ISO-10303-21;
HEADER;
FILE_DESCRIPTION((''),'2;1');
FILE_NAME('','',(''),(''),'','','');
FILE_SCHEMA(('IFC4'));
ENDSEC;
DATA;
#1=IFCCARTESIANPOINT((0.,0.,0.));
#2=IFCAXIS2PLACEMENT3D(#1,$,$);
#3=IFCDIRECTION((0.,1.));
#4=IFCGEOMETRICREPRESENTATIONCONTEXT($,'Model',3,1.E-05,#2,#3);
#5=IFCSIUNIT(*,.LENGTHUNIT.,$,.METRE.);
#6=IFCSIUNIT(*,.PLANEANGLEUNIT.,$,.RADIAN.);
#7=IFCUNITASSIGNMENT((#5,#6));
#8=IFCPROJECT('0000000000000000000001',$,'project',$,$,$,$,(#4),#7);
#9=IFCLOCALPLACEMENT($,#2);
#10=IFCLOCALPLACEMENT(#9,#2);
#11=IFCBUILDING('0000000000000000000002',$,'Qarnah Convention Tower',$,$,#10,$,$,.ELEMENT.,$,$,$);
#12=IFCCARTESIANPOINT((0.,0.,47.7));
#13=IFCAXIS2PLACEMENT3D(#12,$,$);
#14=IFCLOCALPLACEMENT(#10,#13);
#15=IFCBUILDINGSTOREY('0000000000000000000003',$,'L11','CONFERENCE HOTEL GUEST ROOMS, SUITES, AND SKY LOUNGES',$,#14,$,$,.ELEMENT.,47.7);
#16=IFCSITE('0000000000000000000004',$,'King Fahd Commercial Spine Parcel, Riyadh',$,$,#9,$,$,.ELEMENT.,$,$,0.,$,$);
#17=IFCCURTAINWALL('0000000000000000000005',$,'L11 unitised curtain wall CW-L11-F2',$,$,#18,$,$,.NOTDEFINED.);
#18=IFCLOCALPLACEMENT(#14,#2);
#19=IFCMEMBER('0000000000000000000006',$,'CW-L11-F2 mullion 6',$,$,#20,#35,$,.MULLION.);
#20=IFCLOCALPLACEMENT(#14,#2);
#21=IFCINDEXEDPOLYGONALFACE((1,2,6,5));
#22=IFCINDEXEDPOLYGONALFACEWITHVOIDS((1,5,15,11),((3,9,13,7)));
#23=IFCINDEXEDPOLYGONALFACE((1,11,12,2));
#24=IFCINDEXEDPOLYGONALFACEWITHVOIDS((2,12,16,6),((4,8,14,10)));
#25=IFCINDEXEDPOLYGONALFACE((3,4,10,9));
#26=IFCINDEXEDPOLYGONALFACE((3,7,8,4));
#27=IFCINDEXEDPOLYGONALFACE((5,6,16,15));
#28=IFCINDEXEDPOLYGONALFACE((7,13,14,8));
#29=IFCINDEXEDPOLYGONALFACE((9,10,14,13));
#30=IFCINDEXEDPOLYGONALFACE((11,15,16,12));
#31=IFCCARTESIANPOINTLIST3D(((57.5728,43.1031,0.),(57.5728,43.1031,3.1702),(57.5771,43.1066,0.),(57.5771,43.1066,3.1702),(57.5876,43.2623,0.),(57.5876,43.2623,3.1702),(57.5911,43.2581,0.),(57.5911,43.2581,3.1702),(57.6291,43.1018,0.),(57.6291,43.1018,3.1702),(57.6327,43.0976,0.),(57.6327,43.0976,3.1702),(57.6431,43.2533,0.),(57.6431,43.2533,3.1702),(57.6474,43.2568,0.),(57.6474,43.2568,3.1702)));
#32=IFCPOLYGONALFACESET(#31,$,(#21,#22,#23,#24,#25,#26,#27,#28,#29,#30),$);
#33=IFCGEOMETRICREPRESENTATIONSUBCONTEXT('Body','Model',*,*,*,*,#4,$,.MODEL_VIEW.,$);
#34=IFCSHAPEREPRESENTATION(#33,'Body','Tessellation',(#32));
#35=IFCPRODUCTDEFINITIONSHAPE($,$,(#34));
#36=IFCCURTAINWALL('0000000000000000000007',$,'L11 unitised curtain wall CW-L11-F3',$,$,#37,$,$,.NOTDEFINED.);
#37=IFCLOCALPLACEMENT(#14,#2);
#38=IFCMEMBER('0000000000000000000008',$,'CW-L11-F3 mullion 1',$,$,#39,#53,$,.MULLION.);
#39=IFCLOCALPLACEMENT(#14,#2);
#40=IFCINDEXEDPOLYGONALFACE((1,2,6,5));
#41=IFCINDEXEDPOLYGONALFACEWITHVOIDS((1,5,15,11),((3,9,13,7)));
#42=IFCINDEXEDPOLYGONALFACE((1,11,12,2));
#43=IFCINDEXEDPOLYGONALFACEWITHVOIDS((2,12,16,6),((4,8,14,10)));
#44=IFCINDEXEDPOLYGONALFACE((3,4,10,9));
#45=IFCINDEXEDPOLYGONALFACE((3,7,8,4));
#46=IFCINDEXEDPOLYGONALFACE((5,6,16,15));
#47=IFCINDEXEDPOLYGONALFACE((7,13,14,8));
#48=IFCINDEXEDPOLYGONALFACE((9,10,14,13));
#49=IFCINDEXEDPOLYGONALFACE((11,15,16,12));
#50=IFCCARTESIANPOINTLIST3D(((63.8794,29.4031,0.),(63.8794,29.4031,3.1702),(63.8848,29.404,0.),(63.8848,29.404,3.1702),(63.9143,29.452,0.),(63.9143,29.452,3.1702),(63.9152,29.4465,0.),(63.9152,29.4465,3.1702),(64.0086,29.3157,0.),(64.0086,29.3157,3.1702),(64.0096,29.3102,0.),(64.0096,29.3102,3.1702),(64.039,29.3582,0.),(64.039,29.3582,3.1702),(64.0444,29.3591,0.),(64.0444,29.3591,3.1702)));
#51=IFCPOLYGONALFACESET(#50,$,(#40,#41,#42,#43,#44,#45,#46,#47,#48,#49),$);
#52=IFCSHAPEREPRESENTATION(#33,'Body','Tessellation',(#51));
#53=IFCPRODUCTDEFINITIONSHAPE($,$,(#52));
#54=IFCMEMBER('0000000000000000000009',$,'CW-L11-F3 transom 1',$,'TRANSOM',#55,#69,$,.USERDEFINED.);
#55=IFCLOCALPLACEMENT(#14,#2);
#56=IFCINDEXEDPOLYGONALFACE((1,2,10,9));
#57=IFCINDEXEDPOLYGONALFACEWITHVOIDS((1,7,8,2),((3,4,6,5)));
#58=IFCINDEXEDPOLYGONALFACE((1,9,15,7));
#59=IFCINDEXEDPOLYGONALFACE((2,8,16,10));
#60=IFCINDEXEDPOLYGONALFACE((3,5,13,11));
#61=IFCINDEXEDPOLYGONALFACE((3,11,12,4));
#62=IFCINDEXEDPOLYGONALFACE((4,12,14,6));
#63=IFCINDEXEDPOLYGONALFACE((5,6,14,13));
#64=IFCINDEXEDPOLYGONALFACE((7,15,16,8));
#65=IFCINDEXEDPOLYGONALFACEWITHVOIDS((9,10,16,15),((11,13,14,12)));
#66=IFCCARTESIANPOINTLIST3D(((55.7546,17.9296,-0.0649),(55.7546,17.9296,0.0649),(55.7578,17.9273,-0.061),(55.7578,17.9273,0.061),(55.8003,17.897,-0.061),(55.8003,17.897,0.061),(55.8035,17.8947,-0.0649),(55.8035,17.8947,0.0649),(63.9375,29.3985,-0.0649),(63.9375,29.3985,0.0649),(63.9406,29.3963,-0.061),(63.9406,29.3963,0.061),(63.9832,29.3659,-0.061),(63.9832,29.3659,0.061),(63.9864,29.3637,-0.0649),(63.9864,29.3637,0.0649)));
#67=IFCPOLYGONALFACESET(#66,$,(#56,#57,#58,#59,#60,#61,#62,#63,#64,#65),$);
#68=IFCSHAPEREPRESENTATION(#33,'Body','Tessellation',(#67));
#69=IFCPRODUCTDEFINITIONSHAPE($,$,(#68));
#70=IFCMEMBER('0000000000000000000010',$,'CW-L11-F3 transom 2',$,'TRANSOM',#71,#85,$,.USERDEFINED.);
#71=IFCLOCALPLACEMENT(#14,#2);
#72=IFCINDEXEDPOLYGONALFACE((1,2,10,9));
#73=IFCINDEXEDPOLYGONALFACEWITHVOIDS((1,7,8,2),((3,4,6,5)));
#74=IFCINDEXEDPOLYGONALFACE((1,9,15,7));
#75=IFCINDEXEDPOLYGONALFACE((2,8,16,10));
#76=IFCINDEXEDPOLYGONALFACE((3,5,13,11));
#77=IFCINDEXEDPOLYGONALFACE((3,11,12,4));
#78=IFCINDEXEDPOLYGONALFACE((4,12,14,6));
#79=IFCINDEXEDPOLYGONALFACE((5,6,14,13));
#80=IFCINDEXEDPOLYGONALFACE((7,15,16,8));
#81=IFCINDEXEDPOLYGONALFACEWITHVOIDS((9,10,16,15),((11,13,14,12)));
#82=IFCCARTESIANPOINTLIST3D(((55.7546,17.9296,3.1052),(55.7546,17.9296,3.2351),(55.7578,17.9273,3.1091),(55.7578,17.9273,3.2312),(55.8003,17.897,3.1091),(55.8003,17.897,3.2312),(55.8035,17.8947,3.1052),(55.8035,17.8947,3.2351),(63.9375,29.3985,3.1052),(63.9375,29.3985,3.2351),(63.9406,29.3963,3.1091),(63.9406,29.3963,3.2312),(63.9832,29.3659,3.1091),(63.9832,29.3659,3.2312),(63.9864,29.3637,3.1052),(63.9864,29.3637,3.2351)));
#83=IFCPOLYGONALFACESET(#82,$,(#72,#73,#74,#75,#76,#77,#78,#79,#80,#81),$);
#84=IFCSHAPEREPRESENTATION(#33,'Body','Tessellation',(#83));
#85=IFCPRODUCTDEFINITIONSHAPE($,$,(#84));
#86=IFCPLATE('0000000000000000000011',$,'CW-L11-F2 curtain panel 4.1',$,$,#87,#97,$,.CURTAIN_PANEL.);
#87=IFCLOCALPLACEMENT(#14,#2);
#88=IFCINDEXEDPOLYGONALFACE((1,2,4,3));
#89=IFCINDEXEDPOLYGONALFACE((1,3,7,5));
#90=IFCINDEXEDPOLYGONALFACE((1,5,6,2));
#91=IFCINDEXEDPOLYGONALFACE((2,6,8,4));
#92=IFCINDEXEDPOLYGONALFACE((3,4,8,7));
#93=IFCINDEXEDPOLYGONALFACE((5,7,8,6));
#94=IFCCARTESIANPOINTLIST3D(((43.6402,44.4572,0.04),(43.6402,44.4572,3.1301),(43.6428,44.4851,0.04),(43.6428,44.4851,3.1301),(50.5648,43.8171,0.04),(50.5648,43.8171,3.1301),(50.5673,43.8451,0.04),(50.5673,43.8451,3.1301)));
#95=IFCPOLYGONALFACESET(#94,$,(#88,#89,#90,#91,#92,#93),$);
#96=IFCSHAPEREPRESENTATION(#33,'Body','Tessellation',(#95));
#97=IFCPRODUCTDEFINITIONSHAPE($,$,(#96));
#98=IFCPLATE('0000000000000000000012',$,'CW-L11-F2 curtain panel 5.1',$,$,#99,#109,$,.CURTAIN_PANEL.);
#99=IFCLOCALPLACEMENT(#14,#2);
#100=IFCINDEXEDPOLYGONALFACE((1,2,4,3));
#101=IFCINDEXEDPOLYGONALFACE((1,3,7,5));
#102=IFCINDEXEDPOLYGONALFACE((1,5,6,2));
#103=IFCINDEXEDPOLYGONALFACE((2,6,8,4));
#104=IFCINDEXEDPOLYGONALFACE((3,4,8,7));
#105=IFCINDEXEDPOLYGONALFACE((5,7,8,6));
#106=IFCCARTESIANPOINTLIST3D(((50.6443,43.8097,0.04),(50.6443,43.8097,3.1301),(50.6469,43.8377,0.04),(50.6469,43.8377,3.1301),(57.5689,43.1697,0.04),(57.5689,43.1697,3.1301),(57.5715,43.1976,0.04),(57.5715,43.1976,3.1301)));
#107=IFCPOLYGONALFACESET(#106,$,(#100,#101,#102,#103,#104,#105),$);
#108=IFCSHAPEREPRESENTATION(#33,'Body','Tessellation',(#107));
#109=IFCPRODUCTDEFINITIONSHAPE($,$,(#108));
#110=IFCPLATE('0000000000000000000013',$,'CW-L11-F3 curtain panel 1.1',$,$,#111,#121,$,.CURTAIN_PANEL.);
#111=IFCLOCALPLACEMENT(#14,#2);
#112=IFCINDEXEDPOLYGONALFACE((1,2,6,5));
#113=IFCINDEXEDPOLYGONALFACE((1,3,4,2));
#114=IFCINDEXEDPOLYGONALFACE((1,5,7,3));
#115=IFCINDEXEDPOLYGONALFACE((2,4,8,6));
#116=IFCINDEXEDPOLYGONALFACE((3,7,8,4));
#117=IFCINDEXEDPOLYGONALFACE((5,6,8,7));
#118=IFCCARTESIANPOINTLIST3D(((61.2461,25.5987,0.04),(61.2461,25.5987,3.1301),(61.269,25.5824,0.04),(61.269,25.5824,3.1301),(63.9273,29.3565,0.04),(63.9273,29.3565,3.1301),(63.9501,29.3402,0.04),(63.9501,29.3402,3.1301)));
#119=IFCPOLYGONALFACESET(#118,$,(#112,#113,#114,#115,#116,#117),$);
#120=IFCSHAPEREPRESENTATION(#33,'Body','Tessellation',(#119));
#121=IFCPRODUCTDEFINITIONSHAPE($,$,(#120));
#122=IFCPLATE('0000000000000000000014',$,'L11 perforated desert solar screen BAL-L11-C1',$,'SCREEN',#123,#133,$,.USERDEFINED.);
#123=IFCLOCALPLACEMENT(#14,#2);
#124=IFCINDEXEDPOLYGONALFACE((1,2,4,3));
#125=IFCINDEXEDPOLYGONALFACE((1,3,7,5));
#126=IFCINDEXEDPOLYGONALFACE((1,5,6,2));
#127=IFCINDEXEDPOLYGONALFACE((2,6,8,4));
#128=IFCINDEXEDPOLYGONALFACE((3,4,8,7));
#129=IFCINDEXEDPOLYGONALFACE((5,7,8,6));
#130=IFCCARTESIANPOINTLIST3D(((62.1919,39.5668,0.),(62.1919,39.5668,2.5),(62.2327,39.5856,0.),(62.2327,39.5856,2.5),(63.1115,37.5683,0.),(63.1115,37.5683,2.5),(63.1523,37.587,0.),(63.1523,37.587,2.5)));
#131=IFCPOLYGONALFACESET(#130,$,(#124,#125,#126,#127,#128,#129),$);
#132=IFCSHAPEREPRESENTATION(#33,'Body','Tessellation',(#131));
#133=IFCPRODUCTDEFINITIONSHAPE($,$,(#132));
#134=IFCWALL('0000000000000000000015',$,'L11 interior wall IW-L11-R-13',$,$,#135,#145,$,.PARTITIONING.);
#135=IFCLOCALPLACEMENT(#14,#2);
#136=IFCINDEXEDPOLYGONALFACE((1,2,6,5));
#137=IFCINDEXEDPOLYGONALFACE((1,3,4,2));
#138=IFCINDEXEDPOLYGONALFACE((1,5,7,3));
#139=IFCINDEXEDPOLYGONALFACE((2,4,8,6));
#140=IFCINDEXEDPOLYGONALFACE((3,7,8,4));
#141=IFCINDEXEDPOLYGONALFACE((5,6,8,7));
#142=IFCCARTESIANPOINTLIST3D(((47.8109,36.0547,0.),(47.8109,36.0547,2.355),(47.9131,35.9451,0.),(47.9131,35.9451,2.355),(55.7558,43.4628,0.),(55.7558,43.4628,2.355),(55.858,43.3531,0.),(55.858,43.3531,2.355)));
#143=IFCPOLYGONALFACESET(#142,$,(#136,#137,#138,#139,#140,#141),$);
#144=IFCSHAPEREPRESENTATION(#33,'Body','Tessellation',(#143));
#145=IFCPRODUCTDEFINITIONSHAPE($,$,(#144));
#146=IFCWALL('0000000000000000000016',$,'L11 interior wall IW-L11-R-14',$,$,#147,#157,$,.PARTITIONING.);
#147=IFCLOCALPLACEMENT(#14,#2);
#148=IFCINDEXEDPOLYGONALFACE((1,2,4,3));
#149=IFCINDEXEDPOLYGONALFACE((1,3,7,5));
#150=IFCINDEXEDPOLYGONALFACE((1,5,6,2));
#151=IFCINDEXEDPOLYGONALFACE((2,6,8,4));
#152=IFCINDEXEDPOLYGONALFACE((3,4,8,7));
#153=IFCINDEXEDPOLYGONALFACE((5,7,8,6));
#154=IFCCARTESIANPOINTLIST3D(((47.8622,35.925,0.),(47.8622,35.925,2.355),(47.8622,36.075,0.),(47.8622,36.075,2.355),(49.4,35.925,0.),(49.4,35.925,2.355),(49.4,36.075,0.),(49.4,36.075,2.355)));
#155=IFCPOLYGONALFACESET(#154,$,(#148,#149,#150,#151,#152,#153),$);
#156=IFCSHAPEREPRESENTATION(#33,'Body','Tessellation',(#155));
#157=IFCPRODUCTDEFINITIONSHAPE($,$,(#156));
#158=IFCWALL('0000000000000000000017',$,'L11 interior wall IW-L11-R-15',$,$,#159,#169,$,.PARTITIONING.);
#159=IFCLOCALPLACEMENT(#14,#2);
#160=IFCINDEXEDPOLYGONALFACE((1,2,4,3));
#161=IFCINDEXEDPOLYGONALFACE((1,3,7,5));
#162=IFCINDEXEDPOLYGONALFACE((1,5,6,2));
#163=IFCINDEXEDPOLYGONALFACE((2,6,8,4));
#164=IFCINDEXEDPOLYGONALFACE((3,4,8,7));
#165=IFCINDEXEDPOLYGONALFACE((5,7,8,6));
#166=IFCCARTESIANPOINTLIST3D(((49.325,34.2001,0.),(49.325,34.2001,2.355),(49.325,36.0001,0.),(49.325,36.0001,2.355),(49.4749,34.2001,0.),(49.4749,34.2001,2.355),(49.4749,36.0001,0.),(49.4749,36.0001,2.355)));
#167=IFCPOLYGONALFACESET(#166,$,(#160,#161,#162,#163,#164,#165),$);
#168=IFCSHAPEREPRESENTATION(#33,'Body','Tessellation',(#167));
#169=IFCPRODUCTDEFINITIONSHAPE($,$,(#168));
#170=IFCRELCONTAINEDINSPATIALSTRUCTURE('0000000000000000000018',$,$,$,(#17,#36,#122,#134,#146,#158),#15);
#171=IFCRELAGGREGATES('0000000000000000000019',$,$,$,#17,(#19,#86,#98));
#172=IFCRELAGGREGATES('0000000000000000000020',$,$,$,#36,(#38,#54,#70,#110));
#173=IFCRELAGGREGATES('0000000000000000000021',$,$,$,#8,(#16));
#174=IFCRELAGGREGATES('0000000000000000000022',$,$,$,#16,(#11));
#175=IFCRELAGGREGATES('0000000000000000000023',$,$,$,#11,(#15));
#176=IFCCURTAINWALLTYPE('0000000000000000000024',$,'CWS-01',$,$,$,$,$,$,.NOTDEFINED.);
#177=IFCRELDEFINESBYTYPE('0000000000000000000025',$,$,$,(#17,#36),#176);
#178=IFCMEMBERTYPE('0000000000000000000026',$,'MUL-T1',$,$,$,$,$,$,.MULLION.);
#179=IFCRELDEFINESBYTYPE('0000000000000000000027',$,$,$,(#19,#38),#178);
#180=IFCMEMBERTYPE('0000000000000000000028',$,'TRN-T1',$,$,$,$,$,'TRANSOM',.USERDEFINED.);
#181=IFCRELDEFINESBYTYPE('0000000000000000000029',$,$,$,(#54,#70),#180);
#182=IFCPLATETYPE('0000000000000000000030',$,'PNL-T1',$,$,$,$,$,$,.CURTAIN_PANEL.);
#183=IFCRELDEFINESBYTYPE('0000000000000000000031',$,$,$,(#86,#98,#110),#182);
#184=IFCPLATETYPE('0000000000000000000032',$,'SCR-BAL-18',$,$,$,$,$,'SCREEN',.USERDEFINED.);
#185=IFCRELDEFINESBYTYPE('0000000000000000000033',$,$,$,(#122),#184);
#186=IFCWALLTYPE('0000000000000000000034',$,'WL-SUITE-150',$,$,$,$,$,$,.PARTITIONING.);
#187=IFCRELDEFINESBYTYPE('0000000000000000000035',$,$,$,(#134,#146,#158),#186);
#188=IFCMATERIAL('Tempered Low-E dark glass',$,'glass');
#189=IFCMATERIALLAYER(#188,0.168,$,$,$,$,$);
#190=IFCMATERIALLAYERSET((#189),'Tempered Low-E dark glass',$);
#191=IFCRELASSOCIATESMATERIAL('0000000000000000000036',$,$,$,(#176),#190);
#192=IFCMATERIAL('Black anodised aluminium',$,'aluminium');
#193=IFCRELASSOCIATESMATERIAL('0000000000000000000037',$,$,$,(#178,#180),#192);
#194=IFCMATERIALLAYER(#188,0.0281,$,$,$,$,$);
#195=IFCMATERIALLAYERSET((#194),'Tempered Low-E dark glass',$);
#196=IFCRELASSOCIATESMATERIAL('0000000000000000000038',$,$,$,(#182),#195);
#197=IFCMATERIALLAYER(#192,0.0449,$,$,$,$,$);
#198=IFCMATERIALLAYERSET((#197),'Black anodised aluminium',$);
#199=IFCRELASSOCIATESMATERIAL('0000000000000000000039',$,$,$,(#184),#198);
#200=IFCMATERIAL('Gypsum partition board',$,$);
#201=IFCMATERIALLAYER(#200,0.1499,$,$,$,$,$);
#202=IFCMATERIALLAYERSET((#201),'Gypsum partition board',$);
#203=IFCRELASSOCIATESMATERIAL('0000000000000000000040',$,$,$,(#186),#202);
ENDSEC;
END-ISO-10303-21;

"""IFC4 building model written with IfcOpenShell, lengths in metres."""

from ifc_helpers import new_model, si_unit, direction, frame, frame_2d, origin, origin_2d, place, context, subcontext, project, spatial, rectangle, hollow_rectangle, extrude, material, layer, layer_set, material_profile, profile_set, type_object, element, aggregate, save


model = new_model("IFC4")

# Units and contexts
model_context = context("Model", 3, precision=1e-05, world=origin(), true_north=direction((0.0, 1.0)))
body_context = subcontext(model_context, "Body", "Model", "MODEL_VIEW")
ifc_project = project(units=[si_unit("LENGTHUNIT", "METRE"), si_unit("PLANEANGLEUNIT", "RADIAN")], contexts=[model_context])

# Site, building, storey
site_placement = place(None, origin())
site = spatial("IfcSite", under=ifc_project, at=site_placement, Name="King Fahd Commercial Spine Parcel, Riyadh", CompositionType="ELEMENT", RefElevation=0.0)
building_placement = place(site_placement, origin())
building = spatial("IfcBuilding", under=site, at=building_placement, Name="Qarnah Convention Tower", CompositionType="ELEMENT")
storey_placement = place(building_placement, frame((0.0, 0.0, 47.7)))
storey = spatial("IfcBuildingStorey", under=building, at=storey_placement, Name="L11", Description="CONFERENCE HOTEL GUEST ROOMS, SUITES, AND SKY LOUNGES", CompositionType="ELEMENT", Elevation=47.7)

# Curtain walls, members
ifc_material_1 = material(Name="Tempered Low-E dark glass", Category="glass")
ifc_layer_1 = layer(ifc_material_1, 0.168)
ifc_layer_set_1 = layer_set([ifc_layer_1], Name="Tempered Low-E dark glass")
curtain_wall_type = type_object("IfcCurtainWallType", Name="CWS-01", PredefinedType="NOTDEFINED", material=ifc_layer_set_1)
curtain_wall_1_placement = place(storey_placement, origin())
curtain_wall_1 = element("IfcCurtainWall", 1, at=curtain_wall_1_placement, inside=storey, type_object=curtain_wall_type, Name="L11 unitised curtain wall CW-L11-F2", PredefinedType="NOTDEFINED")
ifc_material_2 = material(Name="Black anodised aluminium", Category="aluminium")
ifc_material_profile_1 = material_profile(ifc_material_2, hollow_rectangle(XDim=0.0601, YDim=0.1599, WallThickness=0.0039, at=origin_2d()), Name="MUL-60X160")
ifc_profile_set_1 = profile_set([ifc_material_profile_1], Name="Black anodised aluminium")
member_type_1 = type_object("IfcMemberType", Name="MUL-T1", PredefinedType="MULLION", material=ifc_profile_set_1)
member_1_placement = place(storey_placement, frame((57.6101, 43.1799, 0.0), z_axis=(0.0, 0.0, 1.0), x_axis=(0.995756, -0.092038, 0.0)))
member_1 = element("IfcMember", 2, at=member_1_placement, type_object=member_type_1, Name="CW-L11-F2 mullion 6", PredefinedType="MULLION", context=body_context, shape_type="SweptSolid", body=[
    extrude(hollow_rectangle(XDim=0.0601, YDim=0.1599, WallThickness=0.0039, at=origin_2d()), origin(), (0.0, 0.0, 1.0), 3.1702),
])
curtain_wall_2_placement = place(storey_placement, origin())
curtain_wall_2 = element("IfcCurtainWall", 3, at=curtain_wall_2_placement, inside=storey, type_object=curtain_wall_type, Name="L11 unitised curtain wall CW-L11-F3", PredefinedType="NOTDEFINED")
member_2_placement = place(storey_placement, frame((63.9619, 29.3811, 0.0), z_axis=(0.0, 0.0, 1.0), x_axis=(-0.580808, -0.81404, 0.0)))
member_2 = element("IfcMember", 4, at=member_2_placement, type_object=member_type_1, Name="CW-L11-F3 mullion 1", PredefinedType="MULLION", context=body_context, shape_type="SweptSolid", body=[
    extrude(hollow_rectangle(XDim=0.0601, YDim=0.1599, WallThickness=0.0039, at=origin_2d()), origin(), (0.0, 0.0, 1.0), 3.1702),
])
ifc_material_profile_2 = material_profile(ifc_material_2, hollow_rectangle(XDim=0.0601, YDim=0.1299, WallThickness=0.0039, at=origin_2d()), Name="TRN-60X130")
ifc_profile_set_2 = profile_set([ifc_material_profile_2], Name="Black anodised aluminium")
member_type_2 = type_object("IfcMemberType", Name="TRN-T1", ElementType="TRANSOM", PredefinedType="USERDEFINED", material=ifc_profile_set_2)
member_3_placement = place(storey_placement, frame((63.9619, 29.3811, 0.0), z_axis=(-0.580802, -0.814045, 0.0), x_axis=(0.814045, -0.580802, 0.0)))
member_3 = element("IfcMember", 5, at=member_3_placement, type_object=member_type_2, Name="CW-L11-F3 transom 1", ObjectType="TRANSOM", PredefinedType="USERDEFINED", context=body_context, shape_type="SweptSolid", body=[
    extrude(hollow_rectangle(XDim=0.0601, YDim=0.1299, WallThickness=0.0039, at=origin_2d()), origin(), (0.0, 0.0, 1.0), 14.0889),
])
member_4_placement = place(storey_placement, frame((63.9619, 29.3811, 3.1702), z_axis=(-0.580802, -0.814045, 0.0), x_axis=(0.814045, -0.580802, 0.0)))
member_4 = element("IfcMember", 6, at=member_4_placement, type_object=member_type_2, Name="CW-L11-F3 transom 2", ObjectType="TRANSOM", PredefinedType="USERDEFINED", context=body_context, shape_type="SweptSolid", body=[
    extrude(hollow_rectangle(XDim=0.0601, YDim=0.1299, WallThickness=0.0039, at=origin_2d()), origin(), (0.0, 0.0, 1.0), 14.0889),
])

# Plates
ifc_layer_2 = layer(ifc_material_1, 0.0281)
ifc_layer_set_2 = layer_set([ifc_layer_2], Name="Tempered Low-E dark glass")
plate_type_1 = type_object("IfcPlateType", Name="PNL-T1", PredefinedType="CURTAIN_PANEL", material=ifc_layer_set_2)
plate_1_placement = place(storey_placement, frame((47.1038, 44.1511, 0.04), z_axis=(0.0, 0.0, 1.0), x_axis=(0.995756, -0.092038, 0.0)))
plate_1 = element("IfcPlate", 7, at=plate_1_placement, type_object=plate_type_1, Name="CW-L11-F2 curtain panel 4.1", PredefinedType="CURTAIN_PANEL", context=body_context, shape_type="SweptSolid", body=[
    extrude(rectangle(XDim=6.9541, YDim=0.0281, at=origin_2d()), origin(), (0.0, 0.0, 1.0), 3.0901),
])
plate_2_placement = place(storey_placement, frame((54.1079, 43.5037, 0.04), z_axis=(0.0, 0.0, 1.0), x_axis=(0.995756, -0.092038, 0.0)))
plate_2 = element("IfcPlate", 8, at=plate_2_placement, type_object=plate_type_1, Name="CW-L11-F2 curtain panel 5.1", PredefinedType="CURTAIN_PANEL", context=body_context, shape_type="SweptSolid", body=[
    extrude(rectangle(XDim=6.9541, YDim=0.0281, at=origin_2d()), origin(), (0.0, 0.0, 1.0), 3.0901),
])
aggregate(curtain_wall_1, [member_1, plate_1, plate_2])
plate_3_placement = place(storey_placement, frame((62.5981, 27.4695, 0.04), z_axis=(0.0, 0.0, 1.0), x_axis=(-0.580808, -0.81404, 0.0)))
plate_3 = element("IfcPlate", 9, at=plate_3_placement, type_object=plate_type_1, Name="CW-L11-F3 curtain panel 1.1", PredefinedType="CURTAIN_PANEL", context=body_context, shape_type="SweptSolid", body=[
    extrude(rectangle(XDim=4.6162, YDim=0.0281, at=origin_2d()), origin(), (0.0, 0.0, 1.0), 3.0901),
])
aggregate(curtain_wall_2, [member_2, member_3, member_4, plate_3])
ifc_layer_3 = layer(ifc_material_2, 0.0449)
ifc_layer_set_3 = layer_set([ifc_layer_3], Name="Black anodised aluminium")
plate_type_2 = type_object("IfcPlateType", Name="SCR-BAL-18", ElementType="SCREEN", PredefinedType="USERDEFINED", material=ifc_layer_set_3)
plate_4_placement = place(storey_placement, frame((62.6721, 38.5769, 0.0), z_axis=(0.0, 0.0, 1.0), x_axis=(0.418024, -0.908436, 0.0)))
element("IfcPlate", 10, at=plate_4_placement, inside=storey, type_object=plate_type_2, Name="L11 perforated desert solar screen BAL-L11-C1", ObjectType="SCREEN", PredefinedType="USERDEFINED", context=body_context, shape_type="SweptSolid", body=[
    extrude(rectangle(XDim=2.2, YDim=0.0449, at=origin_2d()), origin(), (0.0, 0.0, 1.0), 2.5),
])

# Walls
ifc_material_3 = material(Name="Gypsum partition board")
ifc_layer_4 = layer(ifc_material_3, 0.1499)
ifc_layer_set_4 = layer_set([ifc_layer_4], Name="Gypsum partition board")
wall_type_1 = type_object("IfcWallType", Name="WL-SUITE-150", PredefinedType="PARTITIONING", material=ifc_layer_set_4)
wall_1_placement = place(storey_placement, frame((55.8069, 43.408, 0.0), z_axis=(0.0, 0.0, 1.0), x_axis=(-0.731386, -0.681963, 0.0)))
element("IfcWall", 11, at=wall_1_placement, inside=storey, type_object=wall_type_1, Name="L11 interior wall IW-L11-R-13", PredefinedType="PARTITIONING", context=body_context, shape_type="SweptSolid", body=[
    extrude(rectangle(XDim=10.8628, YDim=0.1499, at=frame_2d((5.4314, 0.0))), origin(), (0.0, 0.0, 1.0), 2.355),
])
wall_2_placement = place(storey_placement, frame((47.8621, 36.0, 0.0), z_axis=(0.0, 0.0, 1.0), x_axis=(1.0, 0.0, 0.0)))
element("IfcWall", 12, at=wall_2_placement, inside=storey, type_object=wall_type_1, Name="L11 interior wall IW-L11-R-14", PredefinedType="PARTITIONING", context=body_context, shape_type="SweptSolid", body=[
    extrude(rectangle(XDim=1.5378, YDim=0.1499, at=frame_2d((0.769, 0.0))), origin(), (0.0, 0.0, 1.0), 2.355),
])
wall_3_placement = place(storey_placement, frame((49.3999, 36.0, 0.0), z_axis=(0.0, 0.0, 1.0), x_axis=(0.0, -1.0, 0.0)))
element("IfcWall", 13, at=wall_3_placement, inside=storey, type_object=wall_type_1, Name="L11 interior wall IW-L11-R-15", PredefinedType="PARTITIONING", context=body_context, shape_type="SweptSolid", body=[
    extrude(rectangle(XDim=1.8, YDim=0.1499, at=frame_2d((0.8999, 0.0))), origin(), (0.0, 0.0, 1.0), 2.355),
])

save(model, "model.ifc")
